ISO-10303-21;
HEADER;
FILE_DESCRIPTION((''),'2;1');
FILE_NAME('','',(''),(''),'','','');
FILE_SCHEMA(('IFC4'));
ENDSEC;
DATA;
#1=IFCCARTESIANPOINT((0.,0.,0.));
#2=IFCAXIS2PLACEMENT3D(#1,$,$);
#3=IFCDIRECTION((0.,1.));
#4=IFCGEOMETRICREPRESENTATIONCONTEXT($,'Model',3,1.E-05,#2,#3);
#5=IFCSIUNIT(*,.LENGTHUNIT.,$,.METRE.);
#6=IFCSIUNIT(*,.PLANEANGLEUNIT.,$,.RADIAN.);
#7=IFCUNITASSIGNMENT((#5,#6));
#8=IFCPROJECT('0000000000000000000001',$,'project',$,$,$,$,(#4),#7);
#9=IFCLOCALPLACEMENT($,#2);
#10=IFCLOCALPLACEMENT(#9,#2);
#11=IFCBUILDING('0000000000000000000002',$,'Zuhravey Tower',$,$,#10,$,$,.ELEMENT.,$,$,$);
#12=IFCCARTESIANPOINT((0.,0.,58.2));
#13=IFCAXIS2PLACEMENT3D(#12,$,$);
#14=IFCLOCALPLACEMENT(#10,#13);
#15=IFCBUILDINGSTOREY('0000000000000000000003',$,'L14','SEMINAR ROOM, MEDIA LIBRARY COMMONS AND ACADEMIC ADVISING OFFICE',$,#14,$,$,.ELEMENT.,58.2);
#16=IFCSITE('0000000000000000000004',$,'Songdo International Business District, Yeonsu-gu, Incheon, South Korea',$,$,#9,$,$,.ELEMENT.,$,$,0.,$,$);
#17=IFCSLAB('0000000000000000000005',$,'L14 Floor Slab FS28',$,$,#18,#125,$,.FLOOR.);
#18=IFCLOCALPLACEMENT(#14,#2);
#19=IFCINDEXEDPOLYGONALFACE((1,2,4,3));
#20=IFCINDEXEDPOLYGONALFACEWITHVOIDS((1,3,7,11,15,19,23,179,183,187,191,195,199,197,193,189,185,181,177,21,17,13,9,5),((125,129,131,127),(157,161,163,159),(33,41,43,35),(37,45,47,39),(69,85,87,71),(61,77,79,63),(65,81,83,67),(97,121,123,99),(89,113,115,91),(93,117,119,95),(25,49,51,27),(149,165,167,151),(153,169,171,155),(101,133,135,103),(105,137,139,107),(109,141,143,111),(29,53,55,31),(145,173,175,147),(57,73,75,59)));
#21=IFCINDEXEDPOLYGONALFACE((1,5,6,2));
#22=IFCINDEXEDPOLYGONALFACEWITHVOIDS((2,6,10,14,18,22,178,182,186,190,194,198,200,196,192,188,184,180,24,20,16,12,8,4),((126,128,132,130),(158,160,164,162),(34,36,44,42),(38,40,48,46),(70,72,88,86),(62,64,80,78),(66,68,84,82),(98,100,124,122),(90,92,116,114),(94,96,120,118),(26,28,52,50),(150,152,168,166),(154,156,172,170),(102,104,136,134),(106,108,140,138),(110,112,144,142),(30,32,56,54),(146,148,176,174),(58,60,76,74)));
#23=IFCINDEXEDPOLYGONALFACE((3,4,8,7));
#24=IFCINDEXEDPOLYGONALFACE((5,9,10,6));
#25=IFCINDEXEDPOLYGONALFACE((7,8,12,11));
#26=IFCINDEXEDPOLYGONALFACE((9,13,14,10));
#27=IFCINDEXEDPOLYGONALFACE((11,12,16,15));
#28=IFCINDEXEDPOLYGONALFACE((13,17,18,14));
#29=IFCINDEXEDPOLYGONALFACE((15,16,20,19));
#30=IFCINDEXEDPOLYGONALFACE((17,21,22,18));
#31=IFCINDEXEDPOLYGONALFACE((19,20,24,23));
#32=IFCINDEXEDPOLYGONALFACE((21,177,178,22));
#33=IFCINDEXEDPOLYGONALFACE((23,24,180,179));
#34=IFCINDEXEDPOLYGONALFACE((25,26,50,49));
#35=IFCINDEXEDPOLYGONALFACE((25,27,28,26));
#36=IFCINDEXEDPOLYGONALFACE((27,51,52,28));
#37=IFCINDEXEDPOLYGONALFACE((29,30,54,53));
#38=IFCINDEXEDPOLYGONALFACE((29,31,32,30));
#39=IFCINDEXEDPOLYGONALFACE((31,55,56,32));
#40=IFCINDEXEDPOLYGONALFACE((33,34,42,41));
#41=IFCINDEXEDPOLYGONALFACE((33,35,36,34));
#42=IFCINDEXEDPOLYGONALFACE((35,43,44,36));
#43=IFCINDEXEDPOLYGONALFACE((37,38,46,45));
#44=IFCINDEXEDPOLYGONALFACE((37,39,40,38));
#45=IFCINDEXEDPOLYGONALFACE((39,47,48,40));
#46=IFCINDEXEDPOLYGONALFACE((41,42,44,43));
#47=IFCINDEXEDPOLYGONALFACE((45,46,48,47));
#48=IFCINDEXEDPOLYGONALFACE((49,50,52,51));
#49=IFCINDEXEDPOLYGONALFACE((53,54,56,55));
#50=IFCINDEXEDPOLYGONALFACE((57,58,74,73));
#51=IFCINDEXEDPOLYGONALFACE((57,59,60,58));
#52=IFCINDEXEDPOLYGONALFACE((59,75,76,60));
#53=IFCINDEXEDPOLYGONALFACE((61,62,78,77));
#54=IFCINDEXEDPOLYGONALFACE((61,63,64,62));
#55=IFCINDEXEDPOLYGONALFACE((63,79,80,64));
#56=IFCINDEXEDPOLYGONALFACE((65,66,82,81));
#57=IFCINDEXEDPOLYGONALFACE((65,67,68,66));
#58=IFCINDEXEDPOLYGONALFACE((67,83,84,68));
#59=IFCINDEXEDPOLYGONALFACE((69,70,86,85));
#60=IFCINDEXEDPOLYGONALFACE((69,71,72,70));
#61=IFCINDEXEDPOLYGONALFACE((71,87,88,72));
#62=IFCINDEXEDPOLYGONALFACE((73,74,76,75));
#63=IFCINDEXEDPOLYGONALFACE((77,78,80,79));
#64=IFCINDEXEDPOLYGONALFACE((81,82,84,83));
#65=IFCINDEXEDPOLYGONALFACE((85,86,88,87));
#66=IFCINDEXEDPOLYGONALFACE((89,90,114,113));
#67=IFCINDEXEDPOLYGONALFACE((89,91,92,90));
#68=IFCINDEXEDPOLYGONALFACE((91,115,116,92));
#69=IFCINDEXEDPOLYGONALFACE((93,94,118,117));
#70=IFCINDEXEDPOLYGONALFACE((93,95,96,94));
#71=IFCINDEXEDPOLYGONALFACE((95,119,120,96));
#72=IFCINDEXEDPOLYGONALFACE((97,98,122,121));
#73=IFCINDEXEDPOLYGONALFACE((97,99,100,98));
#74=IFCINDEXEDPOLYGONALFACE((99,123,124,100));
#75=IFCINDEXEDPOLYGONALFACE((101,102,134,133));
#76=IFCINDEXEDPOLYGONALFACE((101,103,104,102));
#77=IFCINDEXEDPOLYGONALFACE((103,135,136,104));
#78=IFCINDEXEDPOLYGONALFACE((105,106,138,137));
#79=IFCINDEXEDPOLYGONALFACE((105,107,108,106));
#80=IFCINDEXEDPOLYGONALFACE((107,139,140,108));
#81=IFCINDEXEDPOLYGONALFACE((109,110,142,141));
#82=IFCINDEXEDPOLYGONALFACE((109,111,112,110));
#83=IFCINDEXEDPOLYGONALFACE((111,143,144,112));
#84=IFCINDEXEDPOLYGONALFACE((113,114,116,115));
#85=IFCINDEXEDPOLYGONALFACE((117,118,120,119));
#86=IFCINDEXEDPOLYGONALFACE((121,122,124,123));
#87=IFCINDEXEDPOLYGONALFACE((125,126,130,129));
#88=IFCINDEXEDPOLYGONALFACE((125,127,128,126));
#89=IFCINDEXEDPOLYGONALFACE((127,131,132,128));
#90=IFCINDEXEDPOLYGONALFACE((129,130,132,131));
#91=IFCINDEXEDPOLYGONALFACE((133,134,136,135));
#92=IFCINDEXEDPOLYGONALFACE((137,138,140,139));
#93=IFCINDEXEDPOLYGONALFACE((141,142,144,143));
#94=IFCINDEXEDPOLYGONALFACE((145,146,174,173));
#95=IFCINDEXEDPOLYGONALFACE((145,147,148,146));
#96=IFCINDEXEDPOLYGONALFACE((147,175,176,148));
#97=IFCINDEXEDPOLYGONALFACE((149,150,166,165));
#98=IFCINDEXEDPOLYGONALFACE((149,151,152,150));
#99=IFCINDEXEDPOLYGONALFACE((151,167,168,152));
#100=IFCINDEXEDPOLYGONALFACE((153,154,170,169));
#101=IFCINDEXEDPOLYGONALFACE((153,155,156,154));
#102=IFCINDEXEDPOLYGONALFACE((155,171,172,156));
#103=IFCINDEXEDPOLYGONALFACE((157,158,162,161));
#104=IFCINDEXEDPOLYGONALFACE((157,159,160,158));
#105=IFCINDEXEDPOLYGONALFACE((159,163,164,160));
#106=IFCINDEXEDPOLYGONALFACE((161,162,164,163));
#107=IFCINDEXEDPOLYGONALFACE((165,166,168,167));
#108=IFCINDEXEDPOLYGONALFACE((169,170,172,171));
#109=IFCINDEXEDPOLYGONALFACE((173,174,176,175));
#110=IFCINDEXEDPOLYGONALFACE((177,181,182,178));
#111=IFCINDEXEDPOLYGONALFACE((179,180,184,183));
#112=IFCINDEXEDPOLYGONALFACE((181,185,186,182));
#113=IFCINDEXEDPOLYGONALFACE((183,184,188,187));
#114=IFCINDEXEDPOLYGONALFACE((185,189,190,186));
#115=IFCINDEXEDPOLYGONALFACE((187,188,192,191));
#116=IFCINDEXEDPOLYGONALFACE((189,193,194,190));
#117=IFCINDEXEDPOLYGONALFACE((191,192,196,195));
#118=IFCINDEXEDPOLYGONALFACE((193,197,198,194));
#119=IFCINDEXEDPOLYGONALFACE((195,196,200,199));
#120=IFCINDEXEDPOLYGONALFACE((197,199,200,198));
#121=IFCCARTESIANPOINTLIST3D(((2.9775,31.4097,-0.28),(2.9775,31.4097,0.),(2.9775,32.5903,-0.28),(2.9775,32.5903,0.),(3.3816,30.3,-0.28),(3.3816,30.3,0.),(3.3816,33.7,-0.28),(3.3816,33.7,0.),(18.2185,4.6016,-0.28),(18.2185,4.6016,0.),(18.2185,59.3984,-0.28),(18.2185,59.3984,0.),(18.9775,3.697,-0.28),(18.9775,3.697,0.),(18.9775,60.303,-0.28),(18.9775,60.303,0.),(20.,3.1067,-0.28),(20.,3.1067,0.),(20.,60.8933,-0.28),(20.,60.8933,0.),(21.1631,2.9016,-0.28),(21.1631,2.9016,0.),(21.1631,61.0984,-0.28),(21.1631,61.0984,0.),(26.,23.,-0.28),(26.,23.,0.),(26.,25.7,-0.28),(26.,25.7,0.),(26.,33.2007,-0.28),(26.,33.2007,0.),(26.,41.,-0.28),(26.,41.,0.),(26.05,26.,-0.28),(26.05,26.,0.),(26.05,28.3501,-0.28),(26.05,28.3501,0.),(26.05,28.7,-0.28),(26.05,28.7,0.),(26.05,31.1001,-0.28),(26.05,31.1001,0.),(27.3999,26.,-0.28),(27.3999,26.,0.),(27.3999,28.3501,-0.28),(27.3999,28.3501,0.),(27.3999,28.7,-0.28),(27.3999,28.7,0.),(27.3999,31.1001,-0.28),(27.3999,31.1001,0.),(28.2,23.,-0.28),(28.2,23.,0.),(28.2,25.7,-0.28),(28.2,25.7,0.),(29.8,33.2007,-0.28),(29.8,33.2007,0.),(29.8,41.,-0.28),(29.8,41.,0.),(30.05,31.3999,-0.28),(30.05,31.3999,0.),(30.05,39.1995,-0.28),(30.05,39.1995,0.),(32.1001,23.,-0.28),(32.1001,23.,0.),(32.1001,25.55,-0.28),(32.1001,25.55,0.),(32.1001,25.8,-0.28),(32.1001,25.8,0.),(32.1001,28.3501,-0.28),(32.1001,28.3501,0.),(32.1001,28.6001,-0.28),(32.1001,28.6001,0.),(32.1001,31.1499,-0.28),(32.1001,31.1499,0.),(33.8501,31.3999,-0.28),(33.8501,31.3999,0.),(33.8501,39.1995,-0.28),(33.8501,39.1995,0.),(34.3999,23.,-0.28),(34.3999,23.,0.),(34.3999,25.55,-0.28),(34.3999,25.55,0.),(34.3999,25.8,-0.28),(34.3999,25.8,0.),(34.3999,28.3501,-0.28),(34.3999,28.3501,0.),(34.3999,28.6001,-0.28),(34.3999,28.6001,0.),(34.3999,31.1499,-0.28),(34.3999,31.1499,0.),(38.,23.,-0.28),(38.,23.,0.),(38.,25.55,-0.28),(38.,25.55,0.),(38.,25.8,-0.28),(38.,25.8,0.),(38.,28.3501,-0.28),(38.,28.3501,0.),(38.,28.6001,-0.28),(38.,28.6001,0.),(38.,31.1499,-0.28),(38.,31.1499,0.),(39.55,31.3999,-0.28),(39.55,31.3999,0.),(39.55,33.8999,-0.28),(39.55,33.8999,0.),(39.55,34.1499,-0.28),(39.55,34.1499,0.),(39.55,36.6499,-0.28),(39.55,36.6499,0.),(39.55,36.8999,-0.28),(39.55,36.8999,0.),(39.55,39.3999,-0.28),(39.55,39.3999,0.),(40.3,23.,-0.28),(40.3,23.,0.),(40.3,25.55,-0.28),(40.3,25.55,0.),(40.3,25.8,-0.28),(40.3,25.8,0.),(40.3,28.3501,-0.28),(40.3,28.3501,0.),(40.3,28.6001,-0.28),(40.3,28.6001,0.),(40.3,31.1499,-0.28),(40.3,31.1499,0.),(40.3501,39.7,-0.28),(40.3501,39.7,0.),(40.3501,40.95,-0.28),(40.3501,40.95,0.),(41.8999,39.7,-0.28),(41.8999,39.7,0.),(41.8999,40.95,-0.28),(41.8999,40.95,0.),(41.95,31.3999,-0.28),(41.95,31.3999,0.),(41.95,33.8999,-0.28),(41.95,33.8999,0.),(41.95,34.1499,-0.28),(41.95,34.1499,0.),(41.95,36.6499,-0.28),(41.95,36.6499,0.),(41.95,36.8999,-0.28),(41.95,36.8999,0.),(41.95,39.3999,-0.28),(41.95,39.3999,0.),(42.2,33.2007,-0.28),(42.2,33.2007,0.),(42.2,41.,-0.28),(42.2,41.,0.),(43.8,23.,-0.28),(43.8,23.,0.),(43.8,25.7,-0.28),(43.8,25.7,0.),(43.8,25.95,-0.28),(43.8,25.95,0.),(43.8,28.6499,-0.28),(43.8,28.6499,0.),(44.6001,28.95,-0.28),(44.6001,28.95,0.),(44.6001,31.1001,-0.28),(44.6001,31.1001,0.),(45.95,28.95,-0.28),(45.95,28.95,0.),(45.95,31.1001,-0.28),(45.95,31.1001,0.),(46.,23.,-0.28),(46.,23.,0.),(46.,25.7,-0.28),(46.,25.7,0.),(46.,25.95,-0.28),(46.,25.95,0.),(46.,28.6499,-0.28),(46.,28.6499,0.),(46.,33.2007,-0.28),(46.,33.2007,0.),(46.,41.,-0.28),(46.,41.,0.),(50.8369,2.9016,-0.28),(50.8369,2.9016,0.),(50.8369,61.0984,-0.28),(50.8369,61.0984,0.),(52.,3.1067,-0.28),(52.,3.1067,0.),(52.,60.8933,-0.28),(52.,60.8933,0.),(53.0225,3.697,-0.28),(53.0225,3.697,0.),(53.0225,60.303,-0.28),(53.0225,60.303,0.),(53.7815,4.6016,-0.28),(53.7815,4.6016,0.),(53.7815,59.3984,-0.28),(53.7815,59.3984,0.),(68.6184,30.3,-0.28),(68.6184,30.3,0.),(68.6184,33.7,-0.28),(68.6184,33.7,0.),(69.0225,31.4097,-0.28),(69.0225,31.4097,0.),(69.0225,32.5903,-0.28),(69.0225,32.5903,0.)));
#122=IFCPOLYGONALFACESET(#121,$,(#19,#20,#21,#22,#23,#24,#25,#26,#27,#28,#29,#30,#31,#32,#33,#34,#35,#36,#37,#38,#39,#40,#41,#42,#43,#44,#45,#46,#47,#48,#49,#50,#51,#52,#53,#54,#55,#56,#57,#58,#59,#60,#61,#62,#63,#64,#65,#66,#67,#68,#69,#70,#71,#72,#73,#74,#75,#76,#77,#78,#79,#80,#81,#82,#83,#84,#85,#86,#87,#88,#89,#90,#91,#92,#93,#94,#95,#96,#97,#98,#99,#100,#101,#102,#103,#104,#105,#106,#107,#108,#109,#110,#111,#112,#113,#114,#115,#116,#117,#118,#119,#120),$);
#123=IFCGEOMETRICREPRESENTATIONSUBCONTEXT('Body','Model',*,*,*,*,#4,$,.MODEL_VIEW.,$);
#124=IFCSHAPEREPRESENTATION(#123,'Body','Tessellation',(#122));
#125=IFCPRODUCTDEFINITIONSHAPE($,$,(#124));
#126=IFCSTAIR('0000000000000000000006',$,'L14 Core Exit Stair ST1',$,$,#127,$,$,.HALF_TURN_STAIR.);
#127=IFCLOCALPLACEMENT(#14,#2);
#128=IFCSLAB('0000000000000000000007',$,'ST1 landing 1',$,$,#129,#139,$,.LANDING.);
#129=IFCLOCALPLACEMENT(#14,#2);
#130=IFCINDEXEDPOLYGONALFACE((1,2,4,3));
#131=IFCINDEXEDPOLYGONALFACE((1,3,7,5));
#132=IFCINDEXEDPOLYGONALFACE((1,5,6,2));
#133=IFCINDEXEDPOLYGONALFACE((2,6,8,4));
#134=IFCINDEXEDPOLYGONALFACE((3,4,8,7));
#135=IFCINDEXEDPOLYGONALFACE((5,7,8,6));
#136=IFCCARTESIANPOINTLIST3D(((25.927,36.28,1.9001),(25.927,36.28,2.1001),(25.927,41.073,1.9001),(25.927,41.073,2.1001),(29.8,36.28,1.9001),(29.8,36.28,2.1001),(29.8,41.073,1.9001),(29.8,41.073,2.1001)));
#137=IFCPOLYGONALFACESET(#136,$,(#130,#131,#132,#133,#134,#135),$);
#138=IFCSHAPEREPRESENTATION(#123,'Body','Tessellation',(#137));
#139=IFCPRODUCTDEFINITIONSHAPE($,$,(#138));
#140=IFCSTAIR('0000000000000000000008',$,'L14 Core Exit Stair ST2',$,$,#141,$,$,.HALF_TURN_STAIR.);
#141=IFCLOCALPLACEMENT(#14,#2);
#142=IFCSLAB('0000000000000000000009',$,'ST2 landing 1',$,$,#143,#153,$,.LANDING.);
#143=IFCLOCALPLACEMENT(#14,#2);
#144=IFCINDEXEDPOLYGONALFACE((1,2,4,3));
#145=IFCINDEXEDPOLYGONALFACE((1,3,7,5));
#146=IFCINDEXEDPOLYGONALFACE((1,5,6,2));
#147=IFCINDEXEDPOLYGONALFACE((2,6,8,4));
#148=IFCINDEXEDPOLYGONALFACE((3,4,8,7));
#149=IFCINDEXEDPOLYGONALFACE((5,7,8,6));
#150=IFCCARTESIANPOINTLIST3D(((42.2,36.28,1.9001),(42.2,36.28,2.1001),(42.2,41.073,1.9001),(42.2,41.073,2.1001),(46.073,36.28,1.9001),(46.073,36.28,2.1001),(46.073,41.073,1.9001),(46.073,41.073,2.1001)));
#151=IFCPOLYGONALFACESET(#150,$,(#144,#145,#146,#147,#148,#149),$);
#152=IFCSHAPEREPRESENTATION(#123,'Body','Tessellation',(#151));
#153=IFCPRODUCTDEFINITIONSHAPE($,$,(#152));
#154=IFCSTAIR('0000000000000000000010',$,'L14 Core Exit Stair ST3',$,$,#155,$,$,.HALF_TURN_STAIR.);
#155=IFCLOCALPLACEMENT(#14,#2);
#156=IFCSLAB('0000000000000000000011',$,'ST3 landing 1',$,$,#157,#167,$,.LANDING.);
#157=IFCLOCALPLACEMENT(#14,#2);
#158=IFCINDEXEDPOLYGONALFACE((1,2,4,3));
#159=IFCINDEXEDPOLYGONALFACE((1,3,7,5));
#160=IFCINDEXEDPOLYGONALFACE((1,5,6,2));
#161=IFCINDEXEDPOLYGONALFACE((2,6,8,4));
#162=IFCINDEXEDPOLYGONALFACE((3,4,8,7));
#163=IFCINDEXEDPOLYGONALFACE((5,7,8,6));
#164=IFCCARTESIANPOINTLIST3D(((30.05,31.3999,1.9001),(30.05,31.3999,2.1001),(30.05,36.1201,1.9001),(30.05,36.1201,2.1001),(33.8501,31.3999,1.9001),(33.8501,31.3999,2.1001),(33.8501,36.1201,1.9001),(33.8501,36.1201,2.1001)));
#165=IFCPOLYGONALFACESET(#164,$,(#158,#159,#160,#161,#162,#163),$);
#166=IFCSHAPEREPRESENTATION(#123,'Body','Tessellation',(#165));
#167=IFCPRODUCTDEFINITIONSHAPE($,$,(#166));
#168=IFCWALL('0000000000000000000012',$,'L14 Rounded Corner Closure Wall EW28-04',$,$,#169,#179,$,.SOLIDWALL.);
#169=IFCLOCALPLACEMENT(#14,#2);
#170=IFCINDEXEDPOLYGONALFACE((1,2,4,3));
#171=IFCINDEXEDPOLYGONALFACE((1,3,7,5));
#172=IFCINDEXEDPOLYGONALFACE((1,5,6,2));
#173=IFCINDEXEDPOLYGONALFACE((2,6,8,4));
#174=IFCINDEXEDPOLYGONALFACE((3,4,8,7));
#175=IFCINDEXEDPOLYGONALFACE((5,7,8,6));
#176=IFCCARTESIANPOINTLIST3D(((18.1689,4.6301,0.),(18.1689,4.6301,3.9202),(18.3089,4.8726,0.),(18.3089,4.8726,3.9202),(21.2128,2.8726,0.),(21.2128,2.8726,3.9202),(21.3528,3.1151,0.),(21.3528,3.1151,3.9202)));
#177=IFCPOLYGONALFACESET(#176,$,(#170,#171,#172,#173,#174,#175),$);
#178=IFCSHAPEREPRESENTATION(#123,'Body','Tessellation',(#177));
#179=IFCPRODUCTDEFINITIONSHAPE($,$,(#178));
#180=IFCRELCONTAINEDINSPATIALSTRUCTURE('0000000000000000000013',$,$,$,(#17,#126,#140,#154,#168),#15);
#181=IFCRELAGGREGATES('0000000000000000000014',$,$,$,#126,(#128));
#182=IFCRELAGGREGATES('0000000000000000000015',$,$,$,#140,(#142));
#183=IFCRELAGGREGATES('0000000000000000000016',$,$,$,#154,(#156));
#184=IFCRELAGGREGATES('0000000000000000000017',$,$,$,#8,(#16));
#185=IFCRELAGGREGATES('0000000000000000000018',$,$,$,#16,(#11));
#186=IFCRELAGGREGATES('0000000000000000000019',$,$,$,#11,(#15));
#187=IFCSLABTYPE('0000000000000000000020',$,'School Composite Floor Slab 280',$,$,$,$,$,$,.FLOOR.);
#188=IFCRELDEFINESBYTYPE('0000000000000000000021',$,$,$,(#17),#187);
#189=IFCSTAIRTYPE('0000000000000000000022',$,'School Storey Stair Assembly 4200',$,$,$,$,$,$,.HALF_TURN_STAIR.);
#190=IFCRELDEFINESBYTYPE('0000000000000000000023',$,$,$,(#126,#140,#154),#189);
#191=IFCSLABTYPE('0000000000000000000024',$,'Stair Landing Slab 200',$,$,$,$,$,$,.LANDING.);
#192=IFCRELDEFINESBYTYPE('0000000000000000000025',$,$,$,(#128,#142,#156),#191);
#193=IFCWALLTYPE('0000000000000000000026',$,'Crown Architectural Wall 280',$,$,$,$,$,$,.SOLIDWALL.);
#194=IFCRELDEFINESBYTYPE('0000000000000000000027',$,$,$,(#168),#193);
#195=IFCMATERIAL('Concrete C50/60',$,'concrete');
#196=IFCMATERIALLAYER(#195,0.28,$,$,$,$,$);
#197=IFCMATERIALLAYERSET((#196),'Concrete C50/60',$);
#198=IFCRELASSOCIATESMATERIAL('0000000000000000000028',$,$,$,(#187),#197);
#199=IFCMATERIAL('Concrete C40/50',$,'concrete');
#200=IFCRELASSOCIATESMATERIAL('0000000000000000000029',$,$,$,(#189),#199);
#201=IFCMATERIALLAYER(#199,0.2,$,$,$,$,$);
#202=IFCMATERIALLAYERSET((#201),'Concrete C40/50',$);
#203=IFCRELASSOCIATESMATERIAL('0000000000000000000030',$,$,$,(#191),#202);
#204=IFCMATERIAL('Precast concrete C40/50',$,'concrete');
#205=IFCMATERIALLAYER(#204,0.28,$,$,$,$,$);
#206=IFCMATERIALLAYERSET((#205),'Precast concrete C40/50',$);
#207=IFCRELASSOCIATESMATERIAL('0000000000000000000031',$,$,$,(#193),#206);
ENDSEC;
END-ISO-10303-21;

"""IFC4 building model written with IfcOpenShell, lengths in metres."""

from ifc_helpers import new_model, si_unit, direction, frame, frame_2d, origin, place, context, subcontext, project, spatial, polyline, rectangle, outline, extrude, material, layer, layer_set, type_object, element, aggregate, save


model = new_model("IFC4")

# Units and contexts
model_context = context("Model", 3, precision=1e-05, world=origin(), true_north=direction((0.0, 1.0)))
body_context = subcontext(model_context, "Body", "Model", "MODEL_VIEW")
ifc_project = project(units=[si_unit("LENGTHUNIT", "METRE"), si_unit("PLANEANGLEUNIT", "RADIAN")], contexts=[model_context])

# Site, building, storey
site_placement = place(None, origin())
site = spatial("IfcSite", under=ifc_project, at=site_placement, Name="Songdo International Business District, Yeonsu-gu, Incheon, South Korea", CompositionType="ELEMENT", RefElevation=0.0)
building_placement = place(site_placement, origin())
building = spatial("IfcBuilding", under=site, at=building_placement, Name="Zuhravey Tower", CompositionType="ELEMENT")
storey_placement = place(building_placement, frame((0.0, 0.0, 58.2)))
storey = spatial("IfcBuildingStorey", under=building, at=storey_placement, Name="L14", Description="SEMINAR ROOM, MEDIA LIBRARY COMMONS AND ACADEMIC ADVISING OFFICE", CompositionType="ELEMENT", Elevation=58.2)

# Slab
ifc_material_1 = material(Name="Concrete C50/60", Category="concrete")
ifc_layer_1 = layer(ifc_material_1, 0.28)
ifc_layer_set_1 = layer_set([ifc_layer_1], Name="Concrete C50/60")
slab_type_1 = type_object("IfcSlabType", Name="School Composite Floor Slab 280", PredefinedType="FLOOR", material=ifc_layer_set_1)
slab_1_placement = place(storey_placement, frame((0.0, 0.0, -0.28)))
element("IfcSlab", 1, at=slab_1_placement, inside=storey, type_object=slab_type_1, Name="L14 Floor Slab FS28", PredefinedType="FLOOR", context=body_context, shape_type="SweptSolid", body=[
    extrude(outline(polyline([(68.6184, 30.3), (69.0225, 31.4097), (69.0225, 32.5903), (68.6184, 33.7), (53.7815, 59.3984), (53.0225, 60.303), (52.0, 60.8933), (50.8369, 61.0984), (21.1631, 61.0984), (20.0, 60.8933), (18.9775, 60.303), (18.2185, 59.3984), (3.3816, 33.7), (2.9775, 32.5903), (2.9775, 31.4097), (3.3816, 30.3), (18.2185, 4.6016), (18.9775, 3.697), (20.0, 3.1067), (21.1631, 2.9016), (50.8369, 2.9016), (52.0, 3.1067), (53.0225, 3.697), (53.7815, 4.6016), (68.6184, 30.3)]), holes=[polyline([(29.8, 33.2007), (29.8, 41.0), (26.0, 41.0), (26.0, 33.2007), (29.8, 33.2007)]), polyline([(46.0, 33.2007), (46.0, 41.0), (42.2, 41.0), (42.2, 33.2007), (46.0, 33.2007)]), polyline([(30.05, 39.1995), (30.05, 31.3999), (33.8501, 31.3999), (33.8501, 39.1995), (30.05, 39.1995)]), polyline([(32.1001, 23.0), (34.3999, 23.0), (34.3999, 25.55), (32.1001, 25.55), (32.1001, 23.0)]), polyline([(32.1001, 25.8), (34.3999, 25.8), (34.3999, 28.3501), (32.1001, 28.3501), (32.1001, 25.8)]), polyline([(32.1001, 28.6001), (34.3999, 28.6001), (34.3999, 31.1499), (32.1001, 31.1499), (32.1001, 28.6001)]), polyline([(38.0, 23.0), (40.3, 23.0), (40.3, 25.55), (38.0, 25.55), (38.0, 23.0)]), polyline([(38.0, 25.8), (40.3, 25.8), (40.3, 28.3501), (38.0, 28.3501), (38.0, 25.8)]), polyline([(38.0, 28.6001), (40.3, 28.6001), (40.3, 31.1499), (38.0, 31.1499), (38.0, 28.6001)]), polyline([(39.55, 31.3999), (41.95, 31.3999), (41.95, 33.8999), (39.55, 33.8999), (39.55, 31.3999)]), polyline([(39.55, 34.1499), (41.95, 34.1499), (41.95, 36.6499), (39.55, 36.6499), (39.55, 34.1499)]), polyline([(39.55, 36.8999), (41.95, 36.8999), (41.95, 39.3999), (39.55, 39.3999), (39.55, 36.8999)]), polyline([(26.0, 23.0), (28.2, 23.0), (28.2, 25.7), (26.0, 25.7), (26.0, 23.0)]), polyline([(43.8, 23.0), (46.0, 23.0), (46.0, 25.7), (43.8, 25.7), (43.8, 23.0)]), polyline([(43.8, 25.95), (46.0, 25.95), (46.0, 28.6499), (43.8, 28.6499), (43.8, 25.95)]), polyline([(26.05, 26.0), (27.3999, 26.0), (27.3999, 28.3501), (26.05, 28.3501), (26.05, 26.0)]), polyline([(26.05, 28.7), (27.3999, 28.7), (27.3999, 31.1001), (26.05, 31.1001), (26.05, 28.7)]), polyline([(44.6001, 28.95), (45.95, 28.95), (45.95, 31.1001), (44.6001, 31.1001), (44.6001, 28.95)]), polyline([(40.3501, 39.7), (41.8999, 39.7), (41.8999, 40.95), (40.3501, 40.95), (40.3501, 39.7)])]), origin(), (0.0, 0.0, 1.0), 0.28),
])

# Stairs, slabs
ifc_material_2 = material(Name="Concrete C40/50", Category="concrete")
stair_type = type_object("IfcStairType", Name="School Storey Stair Assembly 4200", PredefinedType="HALF_TURN_STAIR", material=ifc_material_2)
stair_1_placement = place(storey_placement, origin())
stair_1 = element("IfcStair", 2, at=stair_1_placement, inside=storey, type_object=stair_type, Name="L14 Core Exit Stair ST1", PredefinedType="HALF_TURN_STAIR")
ifc_layer_2 = layer(ifc_material_2, 0.2)
ifc_layer_set_2 = layer_set([ifc_layer_2], Name="Concrete C40/50")
slab_type_2 = type_object("IfcSlabType", Name="Stair Landing Slab 200", PredefinedType="LANDING", material=ifc_layer_set_2)
slab_2_placement = place(storey_placement, frame((0.0, 0.0, 1.9001)))
slab_2 = element("IfcSlab", 3, at=slab_2_placement, type_object=slab_type_2, Name="ST1 landing 1", PredefinedType="LANDING", context=body_context, shape_type="SweptSolid", body=[
    extrude(outline(polyline([(29.8, 36.28), (29.8, 41.073), (25.927, 41.073), (25.927, 36.28), (29.8, 36.28)])), origin(), (0.0, 0.0, 1.0), 0.2),
])
aggregate(stair_1, [slab_2])
stair_2_placement = place(storey_placement, origin())
stair_2 = element("IfcStair", 4, at=stair_2_placement, inside=storey, type_object=stair_type, Name="L14 Core Exit Stair ST2", PredefinedType="HALF_TURN_STAIR")
slab_3_placement = place(storey_placement, frame((0.0, 0.0, 1.9001)))
slab_3 = element("IfcSlab", 5, at=slab_3_placement, type_object=slab_type_2, Name="ST2 landing 1", PredefinedType="LANDING", context=body_context, shape_type="SweptSolid", body=[
    extrude(outline(polyline([(46.073, 36.28), (46.073, 41.073), (42.2, 41.073), (42.2, 36.28), (46.073, 36.28)])), origin(), (0.0, 0.0, 1.0), 0.2),
])
aggregate(stair_2, [slab_3])
stair_3_placement = place(storey_placement, origin())
stair_3 = element("IfcStair", 6, at=stair_3_placement, inside=storey, type_object=stair_type, Name="L14 Core Exit Stair ST3", PredefinedType="HALF_TURN_STAIR")
slab_4_placement = place(storey_placement, frame((0.0, 0.0, 1.9001)))
slab_4 = element("IfcSlab", 7, at=slab_4_placement, type_object=slab_type_2, Name="ST3 landing 1", PredefinedType="LANDING", context=body_context, shape_type="SweptSolid", body=[
    extrude(outline(polyline([(30.05, 36.1201), (30.05, 31.3999), (33.8501, 31.3999), (33.8501, 36.1201), (30.05, 36.1201)])), origin(), (0.0, 0.0, 1.0), 0.2),
])
aggregate(stair_3, [slab_4])

# Wall
ifc_material_3 = material(Name="Precast concrete C40/50", Category="concrete")
ifc_layer_3 = layer(ifc_material_3, 0.28)
ifc_layer_set_3 = layer_set([ifc_layer_3], Name="Precast concrete C40/50")
wall_type = type_object("IfcWallType", Name="Crown Architectural Wall 280", PredefinedType="SOLIDWALL", material=ifc_layer_set_3)
wall_1_placement = place(storey_placement, frame((21.2827, 2.9939, 0.0), z_axis=(0.0, 0.0, 1.0), x_axis=(-0.866007, 0.500031, 0.0)))
element("IfcWall", 8, at=wall_1_placement, inside=storey, type_object=wall_type, Name="L14 Rounded Corner Closure Wall EW28-04", PredefinedType="SOLIDWALL", context=body_context, shape_type="SweptSolid", body=[
    extrude(rectangle(XDim=3.5149, YDim=0.28, at=frame_2d((1.7573, 0.0))), origin(), (0.0, 0.0, 1.0), 3.9202),
])

save(model, "model.ifc")
